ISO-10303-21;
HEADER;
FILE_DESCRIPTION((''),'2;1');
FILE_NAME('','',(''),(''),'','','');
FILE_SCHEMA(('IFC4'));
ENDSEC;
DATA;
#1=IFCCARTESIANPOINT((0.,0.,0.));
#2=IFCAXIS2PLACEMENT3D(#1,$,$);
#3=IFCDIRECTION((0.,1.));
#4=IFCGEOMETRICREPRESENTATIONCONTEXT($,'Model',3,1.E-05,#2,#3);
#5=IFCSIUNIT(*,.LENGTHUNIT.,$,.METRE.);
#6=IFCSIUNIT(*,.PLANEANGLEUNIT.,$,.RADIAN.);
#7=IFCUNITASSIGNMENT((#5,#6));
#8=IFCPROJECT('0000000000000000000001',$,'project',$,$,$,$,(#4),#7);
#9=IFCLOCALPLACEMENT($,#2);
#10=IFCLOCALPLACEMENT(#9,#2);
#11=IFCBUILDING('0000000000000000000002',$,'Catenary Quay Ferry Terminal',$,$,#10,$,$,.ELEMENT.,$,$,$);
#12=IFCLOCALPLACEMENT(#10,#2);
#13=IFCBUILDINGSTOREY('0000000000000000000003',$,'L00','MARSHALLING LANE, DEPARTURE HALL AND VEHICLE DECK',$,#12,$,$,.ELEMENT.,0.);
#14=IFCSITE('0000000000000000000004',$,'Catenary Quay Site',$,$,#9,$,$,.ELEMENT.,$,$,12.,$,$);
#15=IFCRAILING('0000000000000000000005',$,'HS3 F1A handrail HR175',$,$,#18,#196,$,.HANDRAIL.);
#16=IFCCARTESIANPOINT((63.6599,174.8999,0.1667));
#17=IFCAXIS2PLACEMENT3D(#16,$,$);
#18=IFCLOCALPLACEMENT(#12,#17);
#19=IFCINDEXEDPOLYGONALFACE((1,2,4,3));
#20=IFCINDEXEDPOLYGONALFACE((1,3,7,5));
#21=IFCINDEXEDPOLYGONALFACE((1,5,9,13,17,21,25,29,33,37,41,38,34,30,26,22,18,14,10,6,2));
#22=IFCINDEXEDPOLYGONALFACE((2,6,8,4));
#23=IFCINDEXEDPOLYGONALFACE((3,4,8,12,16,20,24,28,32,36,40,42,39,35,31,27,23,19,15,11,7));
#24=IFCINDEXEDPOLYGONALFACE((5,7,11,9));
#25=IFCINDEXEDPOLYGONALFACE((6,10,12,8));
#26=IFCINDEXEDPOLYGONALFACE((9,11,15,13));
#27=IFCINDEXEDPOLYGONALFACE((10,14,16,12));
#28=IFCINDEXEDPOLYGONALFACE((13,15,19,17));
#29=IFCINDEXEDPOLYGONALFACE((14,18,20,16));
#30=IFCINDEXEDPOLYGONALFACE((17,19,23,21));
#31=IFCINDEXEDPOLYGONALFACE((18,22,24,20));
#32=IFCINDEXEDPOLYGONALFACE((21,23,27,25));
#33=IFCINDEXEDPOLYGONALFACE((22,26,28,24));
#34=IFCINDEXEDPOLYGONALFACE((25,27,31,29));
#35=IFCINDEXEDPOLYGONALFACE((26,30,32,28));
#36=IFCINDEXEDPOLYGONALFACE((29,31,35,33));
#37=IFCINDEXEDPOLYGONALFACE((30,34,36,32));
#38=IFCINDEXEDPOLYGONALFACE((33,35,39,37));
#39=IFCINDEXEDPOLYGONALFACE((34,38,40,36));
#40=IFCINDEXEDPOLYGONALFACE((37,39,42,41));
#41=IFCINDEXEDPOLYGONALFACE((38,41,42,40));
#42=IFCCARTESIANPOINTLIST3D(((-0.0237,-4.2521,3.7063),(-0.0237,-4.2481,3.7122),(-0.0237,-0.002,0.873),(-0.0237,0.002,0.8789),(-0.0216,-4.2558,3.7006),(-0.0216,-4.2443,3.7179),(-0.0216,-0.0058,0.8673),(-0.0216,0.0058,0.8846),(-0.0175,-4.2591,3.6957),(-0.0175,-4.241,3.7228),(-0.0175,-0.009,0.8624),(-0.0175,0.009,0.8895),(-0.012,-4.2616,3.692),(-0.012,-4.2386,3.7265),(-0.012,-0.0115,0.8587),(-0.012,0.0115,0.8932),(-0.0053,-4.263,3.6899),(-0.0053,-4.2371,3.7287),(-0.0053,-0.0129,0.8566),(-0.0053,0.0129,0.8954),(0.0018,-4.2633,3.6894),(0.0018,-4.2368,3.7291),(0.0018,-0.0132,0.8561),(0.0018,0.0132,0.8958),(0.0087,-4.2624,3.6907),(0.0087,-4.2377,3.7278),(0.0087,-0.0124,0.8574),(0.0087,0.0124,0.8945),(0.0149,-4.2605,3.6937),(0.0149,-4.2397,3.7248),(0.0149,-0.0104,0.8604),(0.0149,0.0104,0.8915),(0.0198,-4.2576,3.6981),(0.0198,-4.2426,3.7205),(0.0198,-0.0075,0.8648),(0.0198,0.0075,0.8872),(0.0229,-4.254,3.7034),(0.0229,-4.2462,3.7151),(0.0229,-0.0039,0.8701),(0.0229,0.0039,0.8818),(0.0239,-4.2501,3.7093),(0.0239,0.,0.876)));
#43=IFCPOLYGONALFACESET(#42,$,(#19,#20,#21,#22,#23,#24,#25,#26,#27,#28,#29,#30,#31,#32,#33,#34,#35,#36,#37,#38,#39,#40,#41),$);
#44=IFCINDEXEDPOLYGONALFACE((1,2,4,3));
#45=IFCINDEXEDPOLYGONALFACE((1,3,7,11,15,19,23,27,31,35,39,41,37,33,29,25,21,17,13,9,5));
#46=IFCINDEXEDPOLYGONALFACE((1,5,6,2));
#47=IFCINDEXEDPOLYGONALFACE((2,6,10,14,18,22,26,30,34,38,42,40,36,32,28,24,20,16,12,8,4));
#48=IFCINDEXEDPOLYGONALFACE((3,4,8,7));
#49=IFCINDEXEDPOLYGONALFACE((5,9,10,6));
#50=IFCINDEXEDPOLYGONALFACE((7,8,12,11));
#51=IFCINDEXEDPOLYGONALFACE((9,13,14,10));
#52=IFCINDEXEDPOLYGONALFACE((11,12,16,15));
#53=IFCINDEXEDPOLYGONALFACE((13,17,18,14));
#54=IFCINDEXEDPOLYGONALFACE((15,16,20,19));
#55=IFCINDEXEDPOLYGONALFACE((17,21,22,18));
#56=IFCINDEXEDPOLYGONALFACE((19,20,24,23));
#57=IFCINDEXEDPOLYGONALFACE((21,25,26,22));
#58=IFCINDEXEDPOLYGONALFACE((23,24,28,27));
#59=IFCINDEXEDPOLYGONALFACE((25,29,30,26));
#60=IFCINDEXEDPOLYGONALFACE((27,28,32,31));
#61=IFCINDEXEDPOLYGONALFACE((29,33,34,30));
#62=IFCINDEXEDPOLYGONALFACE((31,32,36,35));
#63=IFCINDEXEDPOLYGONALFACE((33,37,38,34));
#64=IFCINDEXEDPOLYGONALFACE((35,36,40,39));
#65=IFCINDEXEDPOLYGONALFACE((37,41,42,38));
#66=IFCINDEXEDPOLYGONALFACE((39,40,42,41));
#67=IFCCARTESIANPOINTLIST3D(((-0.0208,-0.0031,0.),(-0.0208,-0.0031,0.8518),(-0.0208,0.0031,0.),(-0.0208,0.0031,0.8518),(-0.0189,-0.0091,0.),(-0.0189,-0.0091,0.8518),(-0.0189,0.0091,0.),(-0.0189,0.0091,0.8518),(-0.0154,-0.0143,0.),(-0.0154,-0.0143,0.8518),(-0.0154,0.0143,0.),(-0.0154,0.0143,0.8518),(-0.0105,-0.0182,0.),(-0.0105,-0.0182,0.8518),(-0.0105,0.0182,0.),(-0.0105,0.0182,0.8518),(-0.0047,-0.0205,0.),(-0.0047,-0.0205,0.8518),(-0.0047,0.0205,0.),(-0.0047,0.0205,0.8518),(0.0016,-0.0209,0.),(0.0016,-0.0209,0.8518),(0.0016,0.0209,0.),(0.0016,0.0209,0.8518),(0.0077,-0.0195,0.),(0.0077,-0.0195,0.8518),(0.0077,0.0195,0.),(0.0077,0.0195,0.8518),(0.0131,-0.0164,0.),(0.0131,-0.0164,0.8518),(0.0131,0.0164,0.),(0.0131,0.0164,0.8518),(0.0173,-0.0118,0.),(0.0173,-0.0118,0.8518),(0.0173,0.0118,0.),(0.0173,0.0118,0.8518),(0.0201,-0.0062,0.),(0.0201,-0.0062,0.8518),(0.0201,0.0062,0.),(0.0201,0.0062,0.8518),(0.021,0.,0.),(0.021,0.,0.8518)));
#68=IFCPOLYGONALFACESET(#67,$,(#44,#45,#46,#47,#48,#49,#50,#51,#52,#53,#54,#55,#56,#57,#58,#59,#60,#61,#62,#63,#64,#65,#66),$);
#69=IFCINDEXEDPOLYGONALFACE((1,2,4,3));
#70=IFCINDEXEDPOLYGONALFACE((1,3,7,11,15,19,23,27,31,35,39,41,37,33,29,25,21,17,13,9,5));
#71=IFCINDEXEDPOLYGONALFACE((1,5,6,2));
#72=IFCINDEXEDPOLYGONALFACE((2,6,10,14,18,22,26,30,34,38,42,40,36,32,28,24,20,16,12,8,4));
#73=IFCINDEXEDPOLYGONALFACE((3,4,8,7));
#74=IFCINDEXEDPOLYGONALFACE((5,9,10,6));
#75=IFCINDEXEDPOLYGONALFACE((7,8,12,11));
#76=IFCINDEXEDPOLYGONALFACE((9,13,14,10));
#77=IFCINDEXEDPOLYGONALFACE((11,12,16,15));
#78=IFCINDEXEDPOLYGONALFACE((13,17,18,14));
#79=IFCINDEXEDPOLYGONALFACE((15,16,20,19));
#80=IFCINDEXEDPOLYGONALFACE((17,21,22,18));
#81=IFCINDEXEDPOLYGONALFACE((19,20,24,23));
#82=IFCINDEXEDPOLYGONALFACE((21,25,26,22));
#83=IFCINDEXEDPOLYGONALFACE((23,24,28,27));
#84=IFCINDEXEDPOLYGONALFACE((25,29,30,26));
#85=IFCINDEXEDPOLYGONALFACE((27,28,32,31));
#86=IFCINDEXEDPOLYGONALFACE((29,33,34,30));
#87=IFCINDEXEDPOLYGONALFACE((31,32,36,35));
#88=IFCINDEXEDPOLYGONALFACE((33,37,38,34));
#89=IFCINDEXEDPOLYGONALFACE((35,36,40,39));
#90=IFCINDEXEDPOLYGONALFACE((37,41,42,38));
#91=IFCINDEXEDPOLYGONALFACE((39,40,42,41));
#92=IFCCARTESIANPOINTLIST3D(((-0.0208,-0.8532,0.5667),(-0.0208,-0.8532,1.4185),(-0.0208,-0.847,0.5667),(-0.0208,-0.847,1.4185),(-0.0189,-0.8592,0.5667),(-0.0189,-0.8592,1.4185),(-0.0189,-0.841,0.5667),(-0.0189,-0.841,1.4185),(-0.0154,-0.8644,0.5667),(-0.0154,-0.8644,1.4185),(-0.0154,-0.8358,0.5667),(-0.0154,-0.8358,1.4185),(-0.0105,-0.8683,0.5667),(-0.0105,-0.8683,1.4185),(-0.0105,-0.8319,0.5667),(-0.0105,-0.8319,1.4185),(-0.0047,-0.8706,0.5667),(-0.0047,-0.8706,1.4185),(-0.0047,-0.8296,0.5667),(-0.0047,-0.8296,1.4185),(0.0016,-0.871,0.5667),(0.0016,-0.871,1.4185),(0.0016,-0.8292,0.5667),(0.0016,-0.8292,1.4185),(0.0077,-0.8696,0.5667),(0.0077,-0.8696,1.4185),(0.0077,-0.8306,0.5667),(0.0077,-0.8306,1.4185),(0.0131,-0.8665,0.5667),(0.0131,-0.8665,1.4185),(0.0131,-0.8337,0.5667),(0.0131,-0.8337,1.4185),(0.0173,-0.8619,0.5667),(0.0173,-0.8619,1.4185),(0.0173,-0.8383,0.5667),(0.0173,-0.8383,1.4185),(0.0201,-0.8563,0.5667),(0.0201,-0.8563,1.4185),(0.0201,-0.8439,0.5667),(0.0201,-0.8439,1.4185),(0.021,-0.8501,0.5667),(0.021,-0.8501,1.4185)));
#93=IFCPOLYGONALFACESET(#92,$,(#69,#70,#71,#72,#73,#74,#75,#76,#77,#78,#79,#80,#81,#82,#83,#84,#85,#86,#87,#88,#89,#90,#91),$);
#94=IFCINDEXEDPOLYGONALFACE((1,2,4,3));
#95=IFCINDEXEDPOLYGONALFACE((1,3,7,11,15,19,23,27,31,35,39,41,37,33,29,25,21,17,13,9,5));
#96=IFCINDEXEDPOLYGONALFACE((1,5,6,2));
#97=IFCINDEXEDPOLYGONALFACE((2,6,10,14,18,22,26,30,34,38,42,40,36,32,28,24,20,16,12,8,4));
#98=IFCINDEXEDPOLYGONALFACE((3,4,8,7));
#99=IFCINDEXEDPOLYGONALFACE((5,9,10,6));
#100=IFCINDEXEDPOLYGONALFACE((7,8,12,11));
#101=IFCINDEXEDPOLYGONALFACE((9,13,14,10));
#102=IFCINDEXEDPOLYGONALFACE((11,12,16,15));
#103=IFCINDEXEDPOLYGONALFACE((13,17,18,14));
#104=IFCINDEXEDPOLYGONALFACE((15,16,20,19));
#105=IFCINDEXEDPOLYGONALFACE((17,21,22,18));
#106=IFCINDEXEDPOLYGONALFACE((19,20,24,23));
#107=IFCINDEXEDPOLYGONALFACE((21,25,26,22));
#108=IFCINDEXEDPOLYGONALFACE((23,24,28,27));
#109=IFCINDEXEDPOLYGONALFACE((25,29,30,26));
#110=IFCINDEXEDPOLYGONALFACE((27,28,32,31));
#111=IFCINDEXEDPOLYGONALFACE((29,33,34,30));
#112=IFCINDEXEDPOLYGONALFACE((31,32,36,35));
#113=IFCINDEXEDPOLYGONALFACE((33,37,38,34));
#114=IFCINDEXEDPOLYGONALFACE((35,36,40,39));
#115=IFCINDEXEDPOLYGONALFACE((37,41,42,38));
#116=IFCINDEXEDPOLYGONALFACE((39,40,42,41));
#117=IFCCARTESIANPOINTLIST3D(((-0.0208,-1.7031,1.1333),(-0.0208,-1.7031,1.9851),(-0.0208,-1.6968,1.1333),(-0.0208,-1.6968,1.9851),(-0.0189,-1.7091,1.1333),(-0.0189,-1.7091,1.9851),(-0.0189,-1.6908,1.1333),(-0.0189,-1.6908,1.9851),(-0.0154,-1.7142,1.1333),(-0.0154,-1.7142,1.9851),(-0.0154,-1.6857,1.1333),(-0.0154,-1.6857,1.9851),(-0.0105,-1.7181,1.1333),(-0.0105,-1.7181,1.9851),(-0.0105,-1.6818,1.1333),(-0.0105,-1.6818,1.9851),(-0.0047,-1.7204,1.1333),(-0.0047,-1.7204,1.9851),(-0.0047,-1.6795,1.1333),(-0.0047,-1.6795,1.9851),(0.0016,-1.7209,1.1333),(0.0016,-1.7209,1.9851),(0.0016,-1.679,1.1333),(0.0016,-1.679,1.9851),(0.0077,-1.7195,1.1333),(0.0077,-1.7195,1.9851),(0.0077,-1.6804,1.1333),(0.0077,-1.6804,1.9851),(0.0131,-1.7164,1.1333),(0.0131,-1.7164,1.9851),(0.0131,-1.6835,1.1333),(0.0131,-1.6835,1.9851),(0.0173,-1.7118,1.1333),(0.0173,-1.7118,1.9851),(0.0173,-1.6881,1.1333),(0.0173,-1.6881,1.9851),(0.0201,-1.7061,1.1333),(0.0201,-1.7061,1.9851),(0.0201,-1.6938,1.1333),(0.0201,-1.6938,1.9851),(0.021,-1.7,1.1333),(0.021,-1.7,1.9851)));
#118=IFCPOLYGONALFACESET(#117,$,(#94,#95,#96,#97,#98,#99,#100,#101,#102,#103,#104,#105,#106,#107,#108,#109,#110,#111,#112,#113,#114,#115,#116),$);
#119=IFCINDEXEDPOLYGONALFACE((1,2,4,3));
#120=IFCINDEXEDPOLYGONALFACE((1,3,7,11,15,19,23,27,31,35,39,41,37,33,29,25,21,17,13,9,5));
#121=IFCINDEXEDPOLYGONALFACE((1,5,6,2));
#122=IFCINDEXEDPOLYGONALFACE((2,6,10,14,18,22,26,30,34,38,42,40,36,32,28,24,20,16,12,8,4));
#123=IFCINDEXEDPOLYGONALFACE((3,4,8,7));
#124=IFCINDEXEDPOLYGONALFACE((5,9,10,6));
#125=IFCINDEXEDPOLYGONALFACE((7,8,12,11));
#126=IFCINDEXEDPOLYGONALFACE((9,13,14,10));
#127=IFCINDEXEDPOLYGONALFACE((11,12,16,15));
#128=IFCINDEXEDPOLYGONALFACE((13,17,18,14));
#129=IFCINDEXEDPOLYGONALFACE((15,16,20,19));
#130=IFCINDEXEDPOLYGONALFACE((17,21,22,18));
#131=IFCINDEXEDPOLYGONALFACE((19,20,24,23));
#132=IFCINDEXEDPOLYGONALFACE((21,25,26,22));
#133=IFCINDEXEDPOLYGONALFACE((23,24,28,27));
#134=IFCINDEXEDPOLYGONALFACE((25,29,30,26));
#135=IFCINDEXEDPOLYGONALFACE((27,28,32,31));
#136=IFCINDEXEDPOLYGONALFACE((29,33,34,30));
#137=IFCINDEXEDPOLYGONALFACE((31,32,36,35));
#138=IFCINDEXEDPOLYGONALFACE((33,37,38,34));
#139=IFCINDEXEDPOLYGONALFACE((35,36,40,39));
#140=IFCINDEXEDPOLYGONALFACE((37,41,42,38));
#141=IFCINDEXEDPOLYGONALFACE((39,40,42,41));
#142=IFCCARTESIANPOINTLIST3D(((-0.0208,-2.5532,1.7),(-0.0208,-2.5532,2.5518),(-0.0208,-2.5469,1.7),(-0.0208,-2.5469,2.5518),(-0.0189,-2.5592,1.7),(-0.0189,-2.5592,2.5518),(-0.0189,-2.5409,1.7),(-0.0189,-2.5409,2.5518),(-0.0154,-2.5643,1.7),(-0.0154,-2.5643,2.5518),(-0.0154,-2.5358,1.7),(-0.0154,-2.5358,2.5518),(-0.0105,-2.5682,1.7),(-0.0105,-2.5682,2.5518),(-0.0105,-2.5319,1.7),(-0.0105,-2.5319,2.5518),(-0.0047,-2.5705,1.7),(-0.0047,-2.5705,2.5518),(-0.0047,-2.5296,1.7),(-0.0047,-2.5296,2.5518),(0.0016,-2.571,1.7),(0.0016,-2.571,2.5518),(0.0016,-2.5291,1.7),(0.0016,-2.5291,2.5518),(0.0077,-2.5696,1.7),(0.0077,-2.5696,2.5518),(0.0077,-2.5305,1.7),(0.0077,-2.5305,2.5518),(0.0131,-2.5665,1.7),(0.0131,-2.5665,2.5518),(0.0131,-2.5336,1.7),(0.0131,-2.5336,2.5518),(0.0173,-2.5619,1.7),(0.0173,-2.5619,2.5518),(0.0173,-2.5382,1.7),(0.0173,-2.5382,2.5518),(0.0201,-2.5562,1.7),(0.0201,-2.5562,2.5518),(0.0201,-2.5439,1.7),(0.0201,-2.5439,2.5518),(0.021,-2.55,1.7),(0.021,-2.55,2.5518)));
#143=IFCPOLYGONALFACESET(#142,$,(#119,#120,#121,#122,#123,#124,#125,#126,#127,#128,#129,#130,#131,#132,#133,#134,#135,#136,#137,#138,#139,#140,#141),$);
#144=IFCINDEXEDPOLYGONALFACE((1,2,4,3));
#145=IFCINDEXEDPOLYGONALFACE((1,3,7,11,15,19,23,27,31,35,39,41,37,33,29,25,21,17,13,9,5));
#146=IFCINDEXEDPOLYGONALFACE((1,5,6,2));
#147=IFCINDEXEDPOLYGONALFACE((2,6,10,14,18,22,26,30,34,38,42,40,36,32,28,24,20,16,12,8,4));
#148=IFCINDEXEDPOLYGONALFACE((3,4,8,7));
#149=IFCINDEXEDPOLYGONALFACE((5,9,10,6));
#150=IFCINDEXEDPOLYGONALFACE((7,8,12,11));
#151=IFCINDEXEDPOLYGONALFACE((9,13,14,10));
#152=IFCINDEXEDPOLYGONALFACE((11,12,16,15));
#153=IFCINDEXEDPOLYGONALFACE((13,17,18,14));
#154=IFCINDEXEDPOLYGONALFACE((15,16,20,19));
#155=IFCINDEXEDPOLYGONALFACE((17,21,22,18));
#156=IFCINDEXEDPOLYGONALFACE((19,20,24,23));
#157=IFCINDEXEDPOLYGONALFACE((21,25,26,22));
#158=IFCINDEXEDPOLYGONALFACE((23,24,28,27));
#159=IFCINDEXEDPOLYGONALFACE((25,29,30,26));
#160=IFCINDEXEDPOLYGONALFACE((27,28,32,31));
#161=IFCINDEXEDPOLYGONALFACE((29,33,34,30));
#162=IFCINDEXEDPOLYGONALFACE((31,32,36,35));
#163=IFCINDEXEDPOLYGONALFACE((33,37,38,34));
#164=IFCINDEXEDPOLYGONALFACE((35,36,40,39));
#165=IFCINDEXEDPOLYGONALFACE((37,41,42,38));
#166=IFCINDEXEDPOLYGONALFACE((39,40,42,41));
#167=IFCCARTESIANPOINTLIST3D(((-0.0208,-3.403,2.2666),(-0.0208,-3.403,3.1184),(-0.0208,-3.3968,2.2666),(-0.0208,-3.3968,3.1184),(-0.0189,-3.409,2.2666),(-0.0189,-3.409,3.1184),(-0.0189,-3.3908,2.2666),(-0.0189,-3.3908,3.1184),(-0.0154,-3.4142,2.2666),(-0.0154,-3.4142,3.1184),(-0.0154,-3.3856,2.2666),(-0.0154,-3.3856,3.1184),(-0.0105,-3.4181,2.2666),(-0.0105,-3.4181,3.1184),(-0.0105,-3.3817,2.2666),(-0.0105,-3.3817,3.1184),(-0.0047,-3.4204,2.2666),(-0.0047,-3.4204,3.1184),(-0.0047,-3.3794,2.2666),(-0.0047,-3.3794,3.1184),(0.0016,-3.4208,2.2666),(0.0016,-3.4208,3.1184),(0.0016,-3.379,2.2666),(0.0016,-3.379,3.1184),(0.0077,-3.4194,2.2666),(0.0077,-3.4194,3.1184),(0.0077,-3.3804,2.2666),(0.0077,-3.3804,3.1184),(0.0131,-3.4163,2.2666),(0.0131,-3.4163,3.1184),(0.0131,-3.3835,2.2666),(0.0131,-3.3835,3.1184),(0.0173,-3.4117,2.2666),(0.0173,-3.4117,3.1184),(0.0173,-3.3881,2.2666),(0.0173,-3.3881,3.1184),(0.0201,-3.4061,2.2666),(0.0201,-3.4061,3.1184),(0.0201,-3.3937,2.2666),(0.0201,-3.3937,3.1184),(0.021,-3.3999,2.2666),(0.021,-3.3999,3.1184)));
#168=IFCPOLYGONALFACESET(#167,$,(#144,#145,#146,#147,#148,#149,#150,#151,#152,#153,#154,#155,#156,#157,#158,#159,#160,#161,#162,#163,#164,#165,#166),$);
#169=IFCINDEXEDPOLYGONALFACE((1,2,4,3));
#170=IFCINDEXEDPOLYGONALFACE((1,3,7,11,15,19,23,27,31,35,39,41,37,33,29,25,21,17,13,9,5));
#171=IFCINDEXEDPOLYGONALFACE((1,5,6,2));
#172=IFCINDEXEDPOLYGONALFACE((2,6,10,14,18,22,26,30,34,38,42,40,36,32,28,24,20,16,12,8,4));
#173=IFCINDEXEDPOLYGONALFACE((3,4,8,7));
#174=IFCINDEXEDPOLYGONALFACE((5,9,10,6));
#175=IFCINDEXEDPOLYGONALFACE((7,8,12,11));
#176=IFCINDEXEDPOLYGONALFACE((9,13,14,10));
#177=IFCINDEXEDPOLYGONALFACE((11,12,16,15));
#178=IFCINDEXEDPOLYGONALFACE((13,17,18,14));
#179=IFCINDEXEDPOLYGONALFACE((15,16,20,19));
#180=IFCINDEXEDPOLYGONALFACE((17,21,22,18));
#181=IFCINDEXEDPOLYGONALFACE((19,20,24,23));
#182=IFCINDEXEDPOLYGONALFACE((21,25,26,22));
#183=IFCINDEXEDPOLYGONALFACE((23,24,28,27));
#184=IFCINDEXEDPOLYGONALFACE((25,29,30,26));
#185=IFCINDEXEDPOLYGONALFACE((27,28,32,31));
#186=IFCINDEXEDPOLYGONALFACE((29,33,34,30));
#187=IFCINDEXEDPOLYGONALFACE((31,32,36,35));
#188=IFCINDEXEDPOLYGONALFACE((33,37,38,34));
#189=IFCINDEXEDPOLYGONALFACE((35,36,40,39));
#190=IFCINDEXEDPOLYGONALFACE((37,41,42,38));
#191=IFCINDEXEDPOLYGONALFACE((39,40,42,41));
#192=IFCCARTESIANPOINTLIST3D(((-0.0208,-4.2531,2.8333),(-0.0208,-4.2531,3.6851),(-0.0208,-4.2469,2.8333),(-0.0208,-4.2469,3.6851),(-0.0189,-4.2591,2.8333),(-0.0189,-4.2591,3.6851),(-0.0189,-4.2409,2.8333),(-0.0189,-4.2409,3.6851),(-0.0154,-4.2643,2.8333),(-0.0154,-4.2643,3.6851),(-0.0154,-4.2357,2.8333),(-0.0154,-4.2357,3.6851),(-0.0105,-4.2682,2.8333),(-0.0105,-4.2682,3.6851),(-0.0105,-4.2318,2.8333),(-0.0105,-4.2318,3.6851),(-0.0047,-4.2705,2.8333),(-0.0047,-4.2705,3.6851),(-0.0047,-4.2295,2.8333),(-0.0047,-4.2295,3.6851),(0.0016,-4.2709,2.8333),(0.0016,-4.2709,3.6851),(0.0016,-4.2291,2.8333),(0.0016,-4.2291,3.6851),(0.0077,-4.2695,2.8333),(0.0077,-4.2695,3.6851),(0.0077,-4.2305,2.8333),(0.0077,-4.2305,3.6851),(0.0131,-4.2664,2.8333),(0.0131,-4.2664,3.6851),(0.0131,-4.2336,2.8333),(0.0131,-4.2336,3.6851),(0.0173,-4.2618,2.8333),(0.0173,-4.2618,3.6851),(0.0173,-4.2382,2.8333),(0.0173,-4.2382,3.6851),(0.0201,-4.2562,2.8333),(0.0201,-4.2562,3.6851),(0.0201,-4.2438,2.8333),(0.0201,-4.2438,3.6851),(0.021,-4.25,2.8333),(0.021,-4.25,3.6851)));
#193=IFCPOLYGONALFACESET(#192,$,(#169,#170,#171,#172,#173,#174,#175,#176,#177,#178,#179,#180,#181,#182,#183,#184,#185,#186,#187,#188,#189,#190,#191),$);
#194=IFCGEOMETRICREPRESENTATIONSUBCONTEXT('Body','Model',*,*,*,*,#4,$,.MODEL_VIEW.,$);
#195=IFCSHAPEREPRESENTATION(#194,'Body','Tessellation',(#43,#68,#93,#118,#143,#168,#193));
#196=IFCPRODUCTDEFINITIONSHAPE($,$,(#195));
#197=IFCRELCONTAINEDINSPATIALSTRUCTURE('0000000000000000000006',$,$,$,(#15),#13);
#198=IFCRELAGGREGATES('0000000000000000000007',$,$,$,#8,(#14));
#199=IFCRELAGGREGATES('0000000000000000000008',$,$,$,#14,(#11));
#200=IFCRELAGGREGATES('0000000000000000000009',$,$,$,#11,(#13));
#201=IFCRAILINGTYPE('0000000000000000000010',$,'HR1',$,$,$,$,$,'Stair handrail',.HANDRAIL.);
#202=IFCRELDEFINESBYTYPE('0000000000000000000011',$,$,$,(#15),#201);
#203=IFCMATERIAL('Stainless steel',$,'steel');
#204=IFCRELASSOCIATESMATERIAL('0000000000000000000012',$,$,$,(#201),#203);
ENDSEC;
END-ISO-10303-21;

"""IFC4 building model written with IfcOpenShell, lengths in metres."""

from ifc_helpers import new_model, si_unit, direction, frame, origin, origin_2d, place, context, subcontext, project, spatial, circle, extrude, material, type_object, element, save


model = new_model("IFC4")

# Units and contexts
model_context = context("Model", 3, precision=1e-05, world=origin(), true_north=direction((0.0, 1.0)))
body_context = subcontext(model_context, "Body", "Model", "MODEL_VIEW")
ifc_project = project(units=[si_unit("LENGTHUNIT", "METRE"), si_unit("PLANEANGLEUNIT", "RADIAN")], contexts=[model_context])

# Site, building, storey
site_placement = place(None, origin())
site = spatial("IfcSite", under=ifc_project, at=site_placement, Name="Catenary Quay Site", CompositionType="ELEMENT", RefElevation=12.0)
building_placement = place(site_placement, origin())
building = spatial("IfcBuilding", under=site, at=building_placement, Name="Catenary Quay Ferry Terminal", CompositionType="ELEMENT")
storey_placement = place(building_placement, origin())
storey = spatial("IfcBuildingStorey", under=building, at=storey_placement, Name="L00", Description="MARSHALLING LANE, DEPARTURE HALL AND VEHICLE DECK", CompositionType="ELEMENT", Elevation=0.0)

# Railing
ifc_material_1 = material(Name="Stainless steel", Category="steel")
railing_type_1 = type_object("IfcRailingType", Name="HR1", ElementType="Stair handrail", PredefinedType="HANDRAIL", material=ifc_material_1)
for number, where, name in (
    (1, (63.6599, 174.8999, 0.1667), "HS3 F1A handrail HR175"),
):
    element("IfcRailing", number, at=place(storey_placement, frame(where)), inside=storey, type_object=railing_type_1, Name=name, PredefinedType="HANDRAIL", context=body_context, shape_type="SweptSolid", body=[
        extrude(circle(Radius=0.0239, at=origin_2d()), frame((0.0, 0.0, 0.876), z_axis=(0.0, -0.832058, 0.554689), x_axis=(1.0, 0.0, 0.0)), (0.0, 0.0, 1.0), 5.1079),
        extrude(circle(Radius=0.021, at=origin_2d()), origin(), (0.0, 0.0, 1.0), 0.8518),
        extrude(circle(Radius=0.021, at=origin_2d()), frame((0.0, -0.8501, 0.5667)), (0.0, 0.0, 1.0), 0.8518),
        extrude(circle(Radius=0.021, at=origin_2d()), frame((0.0, -1.7, 1.1333)), (0.0, 0.0, 1.0), 0.8518),
        extrude(circle(Radius=0.021, at=origin_2d()), frame((0.0, -2.55, 1.7)), (0.0, 0.0, 1.0), 0.8518),
        extrude(circle(Radius=0.021, at=origin_2d()), frame((0.0, -3.3999, 2.2666)), (0.0, 0.0, 1.0), 0.8518),
        extrude(circle(Radius=0.021, at=origin_2d()), frame((0.0, -4.25, 2.8333)), (0.0, 0.0, 1.0), 0.8518),
    ])

save(model, "model.ifc")
